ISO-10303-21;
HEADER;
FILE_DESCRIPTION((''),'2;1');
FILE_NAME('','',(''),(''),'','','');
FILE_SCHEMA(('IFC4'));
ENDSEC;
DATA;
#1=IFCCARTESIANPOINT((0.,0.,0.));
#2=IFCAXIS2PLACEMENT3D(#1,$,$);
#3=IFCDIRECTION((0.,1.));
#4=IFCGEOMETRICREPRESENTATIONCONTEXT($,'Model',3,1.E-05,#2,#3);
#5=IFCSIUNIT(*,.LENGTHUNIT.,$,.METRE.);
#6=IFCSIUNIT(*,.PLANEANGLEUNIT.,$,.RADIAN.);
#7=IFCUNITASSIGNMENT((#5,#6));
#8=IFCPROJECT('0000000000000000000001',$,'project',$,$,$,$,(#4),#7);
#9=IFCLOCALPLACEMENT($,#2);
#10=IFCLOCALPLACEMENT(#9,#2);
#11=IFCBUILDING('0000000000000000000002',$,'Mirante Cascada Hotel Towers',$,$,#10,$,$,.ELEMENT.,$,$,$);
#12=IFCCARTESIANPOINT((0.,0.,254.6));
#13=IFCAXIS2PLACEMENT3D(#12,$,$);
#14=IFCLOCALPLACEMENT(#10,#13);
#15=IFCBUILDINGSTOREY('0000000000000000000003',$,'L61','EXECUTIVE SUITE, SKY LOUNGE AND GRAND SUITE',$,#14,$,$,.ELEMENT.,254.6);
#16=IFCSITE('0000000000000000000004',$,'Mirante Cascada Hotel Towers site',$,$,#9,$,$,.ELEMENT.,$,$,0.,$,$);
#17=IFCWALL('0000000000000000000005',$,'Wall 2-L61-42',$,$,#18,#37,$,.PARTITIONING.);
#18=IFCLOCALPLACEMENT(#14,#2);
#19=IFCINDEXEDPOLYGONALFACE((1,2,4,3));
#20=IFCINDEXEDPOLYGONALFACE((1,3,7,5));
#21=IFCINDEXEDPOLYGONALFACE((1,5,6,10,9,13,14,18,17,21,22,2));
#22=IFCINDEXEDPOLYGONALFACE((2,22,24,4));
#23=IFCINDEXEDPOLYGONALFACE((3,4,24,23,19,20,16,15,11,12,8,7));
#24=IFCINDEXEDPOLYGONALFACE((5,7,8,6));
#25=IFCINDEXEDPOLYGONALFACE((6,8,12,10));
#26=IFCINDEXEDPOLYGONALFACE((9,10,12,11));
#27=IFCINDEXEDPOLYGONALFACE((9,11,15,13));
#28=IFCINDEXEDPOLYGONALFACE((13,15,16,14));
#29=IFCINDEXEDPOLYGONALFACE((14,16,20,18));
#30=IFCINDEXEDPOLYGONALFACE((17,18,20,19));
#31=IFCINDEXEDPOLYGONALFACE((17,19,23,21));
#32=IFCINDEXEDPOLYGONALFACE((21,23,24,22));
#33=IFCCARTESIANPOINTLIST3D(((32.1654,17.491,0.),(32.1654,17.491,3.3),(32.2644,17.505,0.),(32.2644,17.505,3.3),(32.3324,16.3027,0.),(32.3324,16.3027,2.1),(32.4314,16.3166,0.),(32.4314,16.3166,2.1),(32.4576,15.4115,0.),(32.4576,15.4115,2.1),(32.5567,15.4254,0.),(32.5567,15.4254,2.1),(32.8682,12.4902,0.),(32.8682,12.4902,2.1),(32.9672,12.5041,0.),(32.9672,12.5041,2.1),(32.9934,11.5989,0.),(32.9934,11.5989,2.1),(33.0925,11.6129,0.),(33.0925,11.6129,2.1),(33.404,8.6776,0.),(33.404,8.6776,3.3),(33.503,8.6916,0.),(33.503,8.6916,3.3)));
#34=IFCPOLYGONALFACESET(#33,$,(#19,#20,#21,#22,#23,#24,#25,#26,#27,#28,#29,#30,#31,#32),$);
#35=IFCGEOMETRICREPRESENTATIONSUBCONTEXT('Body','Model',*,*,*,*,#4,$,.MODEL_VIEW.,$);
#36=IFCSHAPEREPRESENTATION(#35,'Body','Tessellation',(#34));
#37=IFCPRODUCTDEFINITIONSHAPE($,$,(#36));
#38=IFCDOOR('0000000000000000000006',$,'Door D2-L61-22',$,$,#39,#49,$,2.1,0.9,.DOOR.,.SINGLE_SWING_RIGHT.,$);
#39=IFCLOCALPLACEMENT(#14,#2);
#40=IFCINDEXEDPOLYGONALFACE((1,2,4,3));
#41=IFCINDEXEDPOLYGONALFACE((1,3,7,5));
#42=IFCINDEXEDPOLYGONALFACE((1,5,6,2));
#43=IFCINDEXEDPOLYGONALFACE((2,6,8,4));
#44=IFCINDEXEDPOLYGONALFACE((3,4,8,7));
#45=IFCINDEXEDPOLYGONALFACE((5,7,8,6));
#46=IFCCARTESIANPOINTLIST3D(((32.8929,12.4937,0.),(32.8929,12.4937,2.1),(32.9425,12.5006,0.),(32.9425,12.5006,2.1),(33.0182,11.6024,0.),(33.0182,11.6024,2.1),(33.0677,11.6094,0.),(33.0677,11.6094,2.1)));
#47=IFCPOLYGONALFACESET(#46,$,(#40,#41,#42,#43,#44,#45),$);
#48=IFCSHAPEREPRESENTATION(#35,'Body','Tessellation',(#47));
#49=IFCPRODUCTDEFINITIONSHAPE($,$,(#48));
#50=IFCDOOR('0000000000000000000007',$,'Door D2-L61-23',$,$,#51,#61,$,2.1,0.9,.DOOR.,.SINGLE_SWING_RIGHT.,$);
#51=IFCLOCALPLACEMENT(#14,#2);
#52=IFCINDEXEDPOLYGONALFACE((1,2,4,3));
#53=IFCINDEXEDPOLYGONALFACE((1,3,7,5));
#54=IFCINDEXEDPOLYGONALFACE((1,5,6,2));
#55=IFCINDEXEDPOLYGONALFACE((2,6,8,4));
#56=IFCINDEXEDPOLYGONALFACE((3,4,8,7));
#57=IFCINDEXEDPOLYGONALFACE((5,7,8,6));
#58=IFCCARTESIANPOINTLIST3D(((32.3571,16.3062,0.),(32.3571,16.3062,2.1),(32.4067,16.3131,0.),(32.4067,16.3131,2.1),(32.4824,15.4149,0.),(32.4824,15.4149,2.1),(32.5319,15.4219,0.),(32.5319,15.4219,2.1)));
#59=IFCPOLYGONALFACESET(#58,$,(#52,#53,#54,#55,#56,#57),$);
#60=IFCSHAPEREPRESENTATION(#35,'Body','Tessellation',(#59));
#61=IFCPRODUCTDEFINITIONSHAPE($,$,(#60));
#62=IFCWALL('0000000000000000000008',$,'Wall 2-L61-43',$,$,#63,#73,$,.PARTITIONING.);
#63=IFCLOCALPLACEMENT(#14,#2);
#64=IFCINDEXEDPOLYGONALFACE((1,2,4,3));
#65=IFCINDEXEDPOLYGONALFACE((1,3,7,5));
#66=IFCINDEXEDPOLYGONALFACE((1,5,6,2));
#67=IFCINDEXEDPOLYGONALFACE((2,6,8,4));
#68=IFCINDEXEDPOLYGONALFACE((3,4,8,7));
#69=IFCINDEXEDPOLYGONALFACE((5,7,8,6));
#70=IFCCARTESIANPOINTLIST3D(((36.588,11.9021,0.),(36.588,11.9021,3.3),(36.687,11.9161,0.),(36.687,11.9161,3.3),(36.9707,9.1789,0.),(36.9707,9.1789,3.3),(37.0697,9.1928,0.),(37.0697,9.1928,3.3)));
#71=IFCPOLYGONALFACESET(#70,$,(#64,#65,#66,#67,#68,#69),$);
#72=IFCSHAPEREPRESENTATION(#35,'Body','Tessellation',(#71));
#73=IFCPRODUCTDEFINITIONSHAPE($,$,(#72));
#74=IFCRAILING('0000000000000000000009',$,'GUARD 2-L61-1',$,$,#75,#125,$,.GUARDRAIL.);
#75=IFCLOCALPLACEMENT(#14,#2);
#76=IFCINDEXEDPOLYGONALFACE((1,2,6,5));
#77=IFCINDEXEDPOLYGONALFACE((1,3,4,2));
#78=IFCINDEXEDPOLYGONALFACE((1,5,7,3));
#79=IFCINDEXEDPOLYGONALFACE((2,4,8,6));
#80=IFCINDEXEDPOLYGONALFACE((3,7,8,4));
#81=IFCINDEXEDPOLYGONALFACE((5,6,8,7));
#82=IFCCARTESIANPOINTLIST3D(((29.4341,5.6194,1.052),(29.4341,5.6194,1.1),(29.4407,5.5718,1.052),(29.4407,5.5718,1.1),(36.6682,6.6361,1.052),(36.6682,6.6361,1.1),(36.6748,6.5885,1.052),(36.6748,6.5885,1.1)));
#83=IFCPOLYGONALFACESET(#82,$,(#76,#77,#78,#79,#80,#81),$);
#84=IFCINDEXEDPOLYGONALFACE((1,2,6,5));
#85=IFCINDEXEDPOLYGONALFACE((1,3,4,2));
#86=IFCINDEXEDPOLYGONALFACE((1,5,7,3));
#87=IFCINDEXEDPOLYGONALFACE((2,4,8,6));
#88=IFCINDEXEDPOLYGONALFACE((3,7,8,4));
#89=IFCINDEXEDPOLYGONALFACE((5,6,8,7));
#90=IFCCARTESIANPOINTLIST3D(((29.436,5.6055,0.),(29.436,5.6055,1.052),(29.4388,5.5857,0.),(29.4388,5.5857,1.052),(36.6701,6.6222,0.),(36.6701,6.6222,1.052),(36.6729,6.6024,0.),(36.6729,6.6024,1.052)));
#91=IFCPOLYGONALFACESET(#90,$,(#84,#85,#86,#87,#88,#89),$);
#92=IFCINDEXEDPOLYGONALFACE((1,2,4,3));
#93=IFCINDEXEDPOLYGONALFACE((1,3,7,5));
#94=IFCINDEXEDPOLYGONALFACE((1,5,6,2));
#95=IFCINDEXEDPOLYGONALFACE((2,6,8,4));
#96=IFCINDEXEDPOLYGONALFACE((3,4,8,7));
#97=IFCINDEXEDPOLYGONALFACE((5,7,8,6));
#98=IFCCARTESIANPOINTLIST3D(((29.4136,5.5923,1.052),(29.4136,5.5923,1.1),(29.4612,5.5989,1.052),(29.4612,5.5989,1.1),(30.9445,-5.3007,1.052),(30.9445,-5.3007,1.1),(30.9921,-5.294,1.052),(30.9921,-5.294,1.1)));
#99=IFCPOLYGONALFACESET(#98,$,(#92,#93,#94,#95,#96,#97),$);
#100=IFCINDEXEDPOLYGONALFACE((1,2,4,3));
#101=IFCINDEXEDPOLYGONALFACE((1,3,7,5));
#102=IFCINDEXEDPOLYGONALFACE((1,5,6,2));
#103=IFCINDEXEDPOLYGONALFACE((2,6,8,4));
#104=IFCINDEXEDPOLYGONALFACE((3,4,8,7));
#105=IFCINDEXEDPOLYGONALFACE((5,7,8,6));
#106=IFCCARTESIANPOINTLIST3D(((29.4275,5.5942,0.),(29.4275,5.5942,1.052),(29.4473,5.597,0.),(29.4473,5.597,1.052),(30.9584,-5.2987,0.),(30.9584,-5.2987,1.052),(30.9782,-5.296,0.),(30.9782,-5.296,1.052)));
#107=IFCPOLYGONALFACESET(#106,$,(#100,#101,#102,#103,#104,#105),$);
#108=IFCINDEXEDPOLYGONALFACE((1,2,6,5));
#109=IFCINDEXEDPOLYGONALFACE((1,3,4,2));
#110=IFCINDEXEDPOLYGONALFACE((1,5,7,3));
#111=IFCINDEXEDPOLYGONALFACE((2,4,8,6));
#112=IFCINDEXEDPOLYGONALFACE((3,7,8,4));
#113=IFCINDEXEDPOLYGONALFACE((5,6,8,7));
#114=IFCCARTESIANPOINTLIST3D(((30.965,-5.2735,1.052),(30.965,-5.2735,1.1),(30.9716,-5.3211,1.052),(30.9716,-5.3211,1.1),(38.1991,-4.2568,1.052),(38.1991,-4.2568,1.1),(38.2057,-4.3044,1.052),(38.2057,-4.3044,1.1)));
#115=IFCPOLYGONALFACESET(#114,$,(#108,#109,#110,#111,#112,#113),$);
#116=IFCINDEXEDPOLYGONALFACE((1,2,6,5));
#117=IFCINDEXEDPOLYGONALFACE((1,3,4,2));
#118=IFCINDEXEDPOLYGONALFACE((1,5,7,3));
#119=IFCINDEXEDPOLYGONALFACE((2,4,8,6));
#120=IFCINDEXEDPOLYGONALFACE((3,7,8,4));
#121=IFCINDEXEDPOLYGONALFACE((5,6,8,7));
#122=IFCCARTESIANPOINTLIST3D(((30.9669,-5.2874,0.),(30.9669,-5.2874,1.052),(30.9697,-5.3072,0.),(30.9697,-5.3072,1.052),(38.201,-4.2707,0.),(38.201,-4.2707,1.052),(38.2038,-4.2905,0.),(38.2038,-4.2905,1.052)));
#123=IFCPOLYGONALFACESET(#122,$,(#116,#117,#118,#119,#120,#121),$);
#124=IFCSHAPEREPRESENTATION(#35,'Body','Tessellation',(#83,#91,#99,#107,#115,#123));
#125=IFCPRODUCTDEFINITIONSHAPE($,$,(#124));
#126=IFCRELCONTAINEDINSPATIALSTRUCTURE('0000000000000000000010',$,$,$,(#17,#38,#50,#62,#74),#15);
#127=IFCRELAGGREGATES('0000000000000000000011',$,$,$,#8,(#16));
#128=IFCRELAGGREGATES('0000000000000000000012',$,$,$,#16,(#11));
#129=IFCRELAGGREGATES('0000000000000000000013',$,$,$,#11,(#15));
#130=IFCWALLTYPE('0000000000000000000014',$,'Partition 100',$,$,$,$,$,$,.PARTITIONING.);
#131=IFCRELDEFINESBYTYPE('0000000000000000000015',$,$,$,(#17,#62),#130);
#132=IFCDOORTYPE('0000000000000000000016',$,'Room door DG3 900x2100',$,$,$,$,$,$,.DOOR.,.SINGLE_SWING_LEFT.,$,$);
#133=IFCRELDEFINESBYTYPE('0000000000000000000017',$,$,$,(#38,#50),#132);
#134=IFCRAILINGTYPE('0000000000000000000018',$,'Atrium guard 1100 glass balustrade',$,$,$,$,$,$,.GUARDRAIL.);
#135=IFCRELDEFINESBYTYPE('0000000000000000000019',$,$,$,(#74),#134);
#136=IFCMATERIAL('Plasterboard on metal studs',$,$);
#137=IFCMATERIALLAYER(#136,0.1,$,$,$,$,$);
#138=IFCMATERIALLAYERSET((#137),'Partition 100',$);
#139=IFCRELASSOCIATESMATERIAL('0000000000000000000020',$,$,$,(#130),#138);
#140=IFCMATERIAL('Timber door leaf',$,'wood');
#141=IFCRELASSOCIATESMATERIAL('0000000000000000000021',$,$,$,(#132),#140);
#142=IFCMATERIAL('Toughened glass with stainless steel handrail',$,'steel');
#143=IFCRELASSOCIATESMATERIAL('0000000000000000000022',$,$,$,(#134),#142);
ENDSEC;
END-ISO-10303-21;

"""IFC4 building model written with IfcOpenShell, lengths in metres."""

from ifc_helpers import new_model, si_unit, direction, frame, frame_2d, origin, origin_2d, place, context, subcontext, project, spatial, rectangle, extrude, material, layer, layer_set, type_object, element, fill, save


model = new_model("IFC4")

# Units and contexts
model_context = context("Model", 3, precision=1e-05, world=origin(), true_north=direction((0.0, 1.0)))
body_context = subcontext(model_context, "Body", "Model", "MODEL_VIEW")
ifc_project = project(units=[si_unit("LENGTHUNIT", "METRE"), si_unit("PLANEANGLEUNIT", "RADIAN")], contexts=[model_context])

# Site, building, storey
site_placement = place(None, origin())
site = spatial("IfcSite", under=ifc_project, at=site_placement, Name="Mirante Cascada Hotel Towers site", CompositionType="ELEMENT", RefElevation=0.0)
building_placement = place(site_placement, origin())
building = spatial("IfcBuilding", under=site, at=building_placement, Name="Mirante Cascada Hotel Towers", CompositionType="ELEMENT")
storey_placement = place(building_placement, frame((0.0, 0.0, 254.6)))
storey = spatial("IfcBuildingStorey", under=building, at=storey_placement, Name="L61", Description="EXECUTIVE SUITE, SKY LOUNGE AND GRAND SUITE", CompositionType="ELEMENT", Elevation=254.6)

# Shared definitions
ifc_material_1 = material(Name="Plasterboard on metal studs")
ifc_layer_1 = layer(ifc_material_1, 0.1)
ifc_layer_set_1 = layer_set([ifc_layer_1], Name="Partition 100")
wall_type = type_object("IfcWallType", Name="Partition 100", PredefinedType="PARTITIONING", material=ifc_layer_set_1)

# Wall, openings, doors
wall_1_placement = place(storey_placement, frame((33.4535, 8.6846, 0.0), z_axis=(0.0, 0.0, 1.0), x_axis=(-0.139168, 0.990269, 0.0)))
wall_1 = element("IfcWall", 1, at=wall_1_placement, inside=storey, type_object=wall_type, Name="Wall 2-L61-42", PredefinedType="PARTITIONING", context=body_context, shape_type="SweptSolid", body=[
    extrude(rectangle(XDim=8.9, YDim=0.1, at=frame_2d((4.45, 0.0))), origin(), (0.0, 0.0, 1.0), 3.3),
])
opening_1_placement = place(wall_1_placement, frame((2.95, 0.0, 0.0)))
opening_1 = element("IfcOpeningElement", 2, at=opening_1_placement, cuts=wall_1, PredefinedType="OPENING", context=body_context, shape_type="SweptSolid", body=[
    extrude(rectangle(XDim=0.9, YDim=2.1, at=frame_2d((0.45, 1.05))), frame((0.0, 0.05, 0.0), z_axis=(0.0, -1.0, 0.0), x_axis=(1.0, 0.0, 0.0)), (0.0, 0.0, 1.0), 0.1),
])
opening_2_placement = place(wall_1_placement, frame((6.8, 0.0, 0.0)))
opening_2 = element("IfcOpeningElement", 3, at=opening_2_placement, cuts=wall_1, PredefinedType="OPENING", context=body_context, shape_type="SweptSolid", body=[
    extrude(rectangle(XDim=0.9, YDim=2.1, at=frame_2d((0.45, 1.05))), frame((0.0, 0.05, 0.0), z_axis=(0.0, -1.0, 0.0), x_axis=(1.0, 0.0, 0.0)), (0.0, 0.0, 1.0), 0.1),
])
ifc_material_2 = material(Name="Timber door leaf", Category="wood")
door_type_1 = type_object("IfcDoorType", Name="Room door DG3 900x2100", OperationType="SINGLE_SWING_LEFT", PredefinedType="DOOR", material=ifc_material_2)
door_1_placement = place(opening_1_placement, frame((0.9, 0.0, 0.0), z_axis=(0.0, 0.0, 1.0), x_axis=(-1.0, 0.0, 0.0)))
door_1 = element("IfcDoor", 4, at=door_1_placement, inside=storey, type_object=door_type_1, Name="Door D2-L61-22", OperationType="SINGLE_SWING_RIGHT", OverallHeight=2.1, OverallWidth=0.9, PredefinedType="DOOR", context=body_context, shape_type="SweptSolid", body=[
    extrude(rectangle(XDim=0.9, YDim=2.1, at=frame_2d((0.45, 1.05))), frame((0.0, 0.025, 0.0), z_axis=(0.0, -1.0, 0.0), x_axis=(1.0, 0.0, 0.0)), (0.0, 0.0, 1.0), 0.05),
])
fill(opening_1, door_1)
door_2_placement = place(opening_2_placement, frame((0.9, 0.0, 0.0), z_axis=(0.0, 0.0, 1.0), x_axis=(-1.0, 0.0, 0.0)))
door_2 = element("IfcDoor", 5, at=door_2_placement, inside=storey, type_object=door_type_1, Name="Door D2-L61-23", OperationType="SINGLE_SWING_RIGHT", OverallHeight=2.1, OverallWidth=0.9, PredefinedType="DOOR", context=body_context, shape_type="SweptSolid", body=[
    extrude(rectangle(XDim=0.9, YDim=2.1, at=frame_2d((0.45, 1.05))), frame((0.0, 0.025, 0.0), z_axis=(0.0, -1.0, 0.0), x_axis=(1.0, 0.0, 0.0)), (0.0, 0.0, 1.0), 0.05),
])
fill(opening_2, door_2)

# Wall
wall_2_placement = place(storey_placement, frame((36.6375, 11.9091, 0.0), z_axis=(0.0, 0.0, 1.0), x_axis=(0.139166, -0.990269, 0.0)))
element("IfcWall", 6, at=wall_2_placement, inside=storey, type_object=wall_type, Name="Wall 2-L61-43", PredefinedType="PARTITIONING", context=body_context, shape_type="SweptSolid", body=[
    extrude(rectangle(XDim=2.75, YDim=0.1, at=frame_2d((1.375, 0.0))), origin(), (0.0, 0.0, 1.0), 3.3),
])

# Railing
ifc_material_3 = material(Name="Toughened glass with stainless steel handrail", Category="steel")
railing_type = type_object("IfcRailingType", Name="Atrium guard 1100 glass balustrade", PredefinedType="GUARDRAIL", material=ifc_material_3)
railing_placement = place(storey_placement, frame((36.6715, 6.6123, 0.0)))
element("IfcRailing", 7, at=railing_placement, inside=storey, type_object=railing_type, Name="GUARD 2-L61-1", PredefinedType="GUARDRAIL", context=body_context, shape_type="SweptSolid", body=[
    extrude(rectangle(XDim=0.048, YDim=0.048, at=origin_2d()), frame((0.0, 0.0, 1.076), z_axis=(-0.990268, -0.139175, 0.0), x_axis=(0.139175, -0.990268, 0.0)), (0.0, 0.0, 1.0), 7.3052),
    extrude(rectangle(XDim=0.02, YDim=1.052, at=origin_2d()), frame((0.0, 0.0, 0.526), z_axis=(-0.990268, -0.139175, 0.0), x_axis=(0.139175, -0.990268, 0.0)), (0.0, 0.0, 1.0), 7.3052),
    extrude(rectangle(XDim=0.048, YDim=0.048, at=origin_2d()), frame((-7.2341, -1.0167, 1.076), z_axis=(0.139173, -0.990268, 0.0), x_axis=(0.990268, 0.139173, 0.0)), (0.0, 0.0, 1.0), 11.0),
    extrude(rectangle(XDim=0.02, YDim=1.052, at=origin_2d()), frame((-7.2341, -1.0167, 0.526), z_axis=(0.139173, -0.990268, 0.0), x_axis=(0.990268, 0.139173, 0.0)), (0.0, 0.0, 1.0), 11.0),
    extrude(rectangle(XDim=0.048, YDim=0.048, at=origin_2d()), frame((-5.7032, -11.9096, 1.076), z_axis=(0.990268, 0.139175, 0.0), x_axis=(-0.139175, 0.990268, 0.0)), (0.0, 0.0, 1.0), 7.3052),
    extrude(rectangle(XDim=0.02, YDim=1.052, at=origin_2d()), frame((-5.7032, -11.9096, 0.526), z_axis=(0.990268, 0.139175, 0.0), x_axis=(-0.139175, 0.990268, 0.0)), (0.0, 0.0, 1.0), 7.3052),
])

save(model, "model.ifc")
